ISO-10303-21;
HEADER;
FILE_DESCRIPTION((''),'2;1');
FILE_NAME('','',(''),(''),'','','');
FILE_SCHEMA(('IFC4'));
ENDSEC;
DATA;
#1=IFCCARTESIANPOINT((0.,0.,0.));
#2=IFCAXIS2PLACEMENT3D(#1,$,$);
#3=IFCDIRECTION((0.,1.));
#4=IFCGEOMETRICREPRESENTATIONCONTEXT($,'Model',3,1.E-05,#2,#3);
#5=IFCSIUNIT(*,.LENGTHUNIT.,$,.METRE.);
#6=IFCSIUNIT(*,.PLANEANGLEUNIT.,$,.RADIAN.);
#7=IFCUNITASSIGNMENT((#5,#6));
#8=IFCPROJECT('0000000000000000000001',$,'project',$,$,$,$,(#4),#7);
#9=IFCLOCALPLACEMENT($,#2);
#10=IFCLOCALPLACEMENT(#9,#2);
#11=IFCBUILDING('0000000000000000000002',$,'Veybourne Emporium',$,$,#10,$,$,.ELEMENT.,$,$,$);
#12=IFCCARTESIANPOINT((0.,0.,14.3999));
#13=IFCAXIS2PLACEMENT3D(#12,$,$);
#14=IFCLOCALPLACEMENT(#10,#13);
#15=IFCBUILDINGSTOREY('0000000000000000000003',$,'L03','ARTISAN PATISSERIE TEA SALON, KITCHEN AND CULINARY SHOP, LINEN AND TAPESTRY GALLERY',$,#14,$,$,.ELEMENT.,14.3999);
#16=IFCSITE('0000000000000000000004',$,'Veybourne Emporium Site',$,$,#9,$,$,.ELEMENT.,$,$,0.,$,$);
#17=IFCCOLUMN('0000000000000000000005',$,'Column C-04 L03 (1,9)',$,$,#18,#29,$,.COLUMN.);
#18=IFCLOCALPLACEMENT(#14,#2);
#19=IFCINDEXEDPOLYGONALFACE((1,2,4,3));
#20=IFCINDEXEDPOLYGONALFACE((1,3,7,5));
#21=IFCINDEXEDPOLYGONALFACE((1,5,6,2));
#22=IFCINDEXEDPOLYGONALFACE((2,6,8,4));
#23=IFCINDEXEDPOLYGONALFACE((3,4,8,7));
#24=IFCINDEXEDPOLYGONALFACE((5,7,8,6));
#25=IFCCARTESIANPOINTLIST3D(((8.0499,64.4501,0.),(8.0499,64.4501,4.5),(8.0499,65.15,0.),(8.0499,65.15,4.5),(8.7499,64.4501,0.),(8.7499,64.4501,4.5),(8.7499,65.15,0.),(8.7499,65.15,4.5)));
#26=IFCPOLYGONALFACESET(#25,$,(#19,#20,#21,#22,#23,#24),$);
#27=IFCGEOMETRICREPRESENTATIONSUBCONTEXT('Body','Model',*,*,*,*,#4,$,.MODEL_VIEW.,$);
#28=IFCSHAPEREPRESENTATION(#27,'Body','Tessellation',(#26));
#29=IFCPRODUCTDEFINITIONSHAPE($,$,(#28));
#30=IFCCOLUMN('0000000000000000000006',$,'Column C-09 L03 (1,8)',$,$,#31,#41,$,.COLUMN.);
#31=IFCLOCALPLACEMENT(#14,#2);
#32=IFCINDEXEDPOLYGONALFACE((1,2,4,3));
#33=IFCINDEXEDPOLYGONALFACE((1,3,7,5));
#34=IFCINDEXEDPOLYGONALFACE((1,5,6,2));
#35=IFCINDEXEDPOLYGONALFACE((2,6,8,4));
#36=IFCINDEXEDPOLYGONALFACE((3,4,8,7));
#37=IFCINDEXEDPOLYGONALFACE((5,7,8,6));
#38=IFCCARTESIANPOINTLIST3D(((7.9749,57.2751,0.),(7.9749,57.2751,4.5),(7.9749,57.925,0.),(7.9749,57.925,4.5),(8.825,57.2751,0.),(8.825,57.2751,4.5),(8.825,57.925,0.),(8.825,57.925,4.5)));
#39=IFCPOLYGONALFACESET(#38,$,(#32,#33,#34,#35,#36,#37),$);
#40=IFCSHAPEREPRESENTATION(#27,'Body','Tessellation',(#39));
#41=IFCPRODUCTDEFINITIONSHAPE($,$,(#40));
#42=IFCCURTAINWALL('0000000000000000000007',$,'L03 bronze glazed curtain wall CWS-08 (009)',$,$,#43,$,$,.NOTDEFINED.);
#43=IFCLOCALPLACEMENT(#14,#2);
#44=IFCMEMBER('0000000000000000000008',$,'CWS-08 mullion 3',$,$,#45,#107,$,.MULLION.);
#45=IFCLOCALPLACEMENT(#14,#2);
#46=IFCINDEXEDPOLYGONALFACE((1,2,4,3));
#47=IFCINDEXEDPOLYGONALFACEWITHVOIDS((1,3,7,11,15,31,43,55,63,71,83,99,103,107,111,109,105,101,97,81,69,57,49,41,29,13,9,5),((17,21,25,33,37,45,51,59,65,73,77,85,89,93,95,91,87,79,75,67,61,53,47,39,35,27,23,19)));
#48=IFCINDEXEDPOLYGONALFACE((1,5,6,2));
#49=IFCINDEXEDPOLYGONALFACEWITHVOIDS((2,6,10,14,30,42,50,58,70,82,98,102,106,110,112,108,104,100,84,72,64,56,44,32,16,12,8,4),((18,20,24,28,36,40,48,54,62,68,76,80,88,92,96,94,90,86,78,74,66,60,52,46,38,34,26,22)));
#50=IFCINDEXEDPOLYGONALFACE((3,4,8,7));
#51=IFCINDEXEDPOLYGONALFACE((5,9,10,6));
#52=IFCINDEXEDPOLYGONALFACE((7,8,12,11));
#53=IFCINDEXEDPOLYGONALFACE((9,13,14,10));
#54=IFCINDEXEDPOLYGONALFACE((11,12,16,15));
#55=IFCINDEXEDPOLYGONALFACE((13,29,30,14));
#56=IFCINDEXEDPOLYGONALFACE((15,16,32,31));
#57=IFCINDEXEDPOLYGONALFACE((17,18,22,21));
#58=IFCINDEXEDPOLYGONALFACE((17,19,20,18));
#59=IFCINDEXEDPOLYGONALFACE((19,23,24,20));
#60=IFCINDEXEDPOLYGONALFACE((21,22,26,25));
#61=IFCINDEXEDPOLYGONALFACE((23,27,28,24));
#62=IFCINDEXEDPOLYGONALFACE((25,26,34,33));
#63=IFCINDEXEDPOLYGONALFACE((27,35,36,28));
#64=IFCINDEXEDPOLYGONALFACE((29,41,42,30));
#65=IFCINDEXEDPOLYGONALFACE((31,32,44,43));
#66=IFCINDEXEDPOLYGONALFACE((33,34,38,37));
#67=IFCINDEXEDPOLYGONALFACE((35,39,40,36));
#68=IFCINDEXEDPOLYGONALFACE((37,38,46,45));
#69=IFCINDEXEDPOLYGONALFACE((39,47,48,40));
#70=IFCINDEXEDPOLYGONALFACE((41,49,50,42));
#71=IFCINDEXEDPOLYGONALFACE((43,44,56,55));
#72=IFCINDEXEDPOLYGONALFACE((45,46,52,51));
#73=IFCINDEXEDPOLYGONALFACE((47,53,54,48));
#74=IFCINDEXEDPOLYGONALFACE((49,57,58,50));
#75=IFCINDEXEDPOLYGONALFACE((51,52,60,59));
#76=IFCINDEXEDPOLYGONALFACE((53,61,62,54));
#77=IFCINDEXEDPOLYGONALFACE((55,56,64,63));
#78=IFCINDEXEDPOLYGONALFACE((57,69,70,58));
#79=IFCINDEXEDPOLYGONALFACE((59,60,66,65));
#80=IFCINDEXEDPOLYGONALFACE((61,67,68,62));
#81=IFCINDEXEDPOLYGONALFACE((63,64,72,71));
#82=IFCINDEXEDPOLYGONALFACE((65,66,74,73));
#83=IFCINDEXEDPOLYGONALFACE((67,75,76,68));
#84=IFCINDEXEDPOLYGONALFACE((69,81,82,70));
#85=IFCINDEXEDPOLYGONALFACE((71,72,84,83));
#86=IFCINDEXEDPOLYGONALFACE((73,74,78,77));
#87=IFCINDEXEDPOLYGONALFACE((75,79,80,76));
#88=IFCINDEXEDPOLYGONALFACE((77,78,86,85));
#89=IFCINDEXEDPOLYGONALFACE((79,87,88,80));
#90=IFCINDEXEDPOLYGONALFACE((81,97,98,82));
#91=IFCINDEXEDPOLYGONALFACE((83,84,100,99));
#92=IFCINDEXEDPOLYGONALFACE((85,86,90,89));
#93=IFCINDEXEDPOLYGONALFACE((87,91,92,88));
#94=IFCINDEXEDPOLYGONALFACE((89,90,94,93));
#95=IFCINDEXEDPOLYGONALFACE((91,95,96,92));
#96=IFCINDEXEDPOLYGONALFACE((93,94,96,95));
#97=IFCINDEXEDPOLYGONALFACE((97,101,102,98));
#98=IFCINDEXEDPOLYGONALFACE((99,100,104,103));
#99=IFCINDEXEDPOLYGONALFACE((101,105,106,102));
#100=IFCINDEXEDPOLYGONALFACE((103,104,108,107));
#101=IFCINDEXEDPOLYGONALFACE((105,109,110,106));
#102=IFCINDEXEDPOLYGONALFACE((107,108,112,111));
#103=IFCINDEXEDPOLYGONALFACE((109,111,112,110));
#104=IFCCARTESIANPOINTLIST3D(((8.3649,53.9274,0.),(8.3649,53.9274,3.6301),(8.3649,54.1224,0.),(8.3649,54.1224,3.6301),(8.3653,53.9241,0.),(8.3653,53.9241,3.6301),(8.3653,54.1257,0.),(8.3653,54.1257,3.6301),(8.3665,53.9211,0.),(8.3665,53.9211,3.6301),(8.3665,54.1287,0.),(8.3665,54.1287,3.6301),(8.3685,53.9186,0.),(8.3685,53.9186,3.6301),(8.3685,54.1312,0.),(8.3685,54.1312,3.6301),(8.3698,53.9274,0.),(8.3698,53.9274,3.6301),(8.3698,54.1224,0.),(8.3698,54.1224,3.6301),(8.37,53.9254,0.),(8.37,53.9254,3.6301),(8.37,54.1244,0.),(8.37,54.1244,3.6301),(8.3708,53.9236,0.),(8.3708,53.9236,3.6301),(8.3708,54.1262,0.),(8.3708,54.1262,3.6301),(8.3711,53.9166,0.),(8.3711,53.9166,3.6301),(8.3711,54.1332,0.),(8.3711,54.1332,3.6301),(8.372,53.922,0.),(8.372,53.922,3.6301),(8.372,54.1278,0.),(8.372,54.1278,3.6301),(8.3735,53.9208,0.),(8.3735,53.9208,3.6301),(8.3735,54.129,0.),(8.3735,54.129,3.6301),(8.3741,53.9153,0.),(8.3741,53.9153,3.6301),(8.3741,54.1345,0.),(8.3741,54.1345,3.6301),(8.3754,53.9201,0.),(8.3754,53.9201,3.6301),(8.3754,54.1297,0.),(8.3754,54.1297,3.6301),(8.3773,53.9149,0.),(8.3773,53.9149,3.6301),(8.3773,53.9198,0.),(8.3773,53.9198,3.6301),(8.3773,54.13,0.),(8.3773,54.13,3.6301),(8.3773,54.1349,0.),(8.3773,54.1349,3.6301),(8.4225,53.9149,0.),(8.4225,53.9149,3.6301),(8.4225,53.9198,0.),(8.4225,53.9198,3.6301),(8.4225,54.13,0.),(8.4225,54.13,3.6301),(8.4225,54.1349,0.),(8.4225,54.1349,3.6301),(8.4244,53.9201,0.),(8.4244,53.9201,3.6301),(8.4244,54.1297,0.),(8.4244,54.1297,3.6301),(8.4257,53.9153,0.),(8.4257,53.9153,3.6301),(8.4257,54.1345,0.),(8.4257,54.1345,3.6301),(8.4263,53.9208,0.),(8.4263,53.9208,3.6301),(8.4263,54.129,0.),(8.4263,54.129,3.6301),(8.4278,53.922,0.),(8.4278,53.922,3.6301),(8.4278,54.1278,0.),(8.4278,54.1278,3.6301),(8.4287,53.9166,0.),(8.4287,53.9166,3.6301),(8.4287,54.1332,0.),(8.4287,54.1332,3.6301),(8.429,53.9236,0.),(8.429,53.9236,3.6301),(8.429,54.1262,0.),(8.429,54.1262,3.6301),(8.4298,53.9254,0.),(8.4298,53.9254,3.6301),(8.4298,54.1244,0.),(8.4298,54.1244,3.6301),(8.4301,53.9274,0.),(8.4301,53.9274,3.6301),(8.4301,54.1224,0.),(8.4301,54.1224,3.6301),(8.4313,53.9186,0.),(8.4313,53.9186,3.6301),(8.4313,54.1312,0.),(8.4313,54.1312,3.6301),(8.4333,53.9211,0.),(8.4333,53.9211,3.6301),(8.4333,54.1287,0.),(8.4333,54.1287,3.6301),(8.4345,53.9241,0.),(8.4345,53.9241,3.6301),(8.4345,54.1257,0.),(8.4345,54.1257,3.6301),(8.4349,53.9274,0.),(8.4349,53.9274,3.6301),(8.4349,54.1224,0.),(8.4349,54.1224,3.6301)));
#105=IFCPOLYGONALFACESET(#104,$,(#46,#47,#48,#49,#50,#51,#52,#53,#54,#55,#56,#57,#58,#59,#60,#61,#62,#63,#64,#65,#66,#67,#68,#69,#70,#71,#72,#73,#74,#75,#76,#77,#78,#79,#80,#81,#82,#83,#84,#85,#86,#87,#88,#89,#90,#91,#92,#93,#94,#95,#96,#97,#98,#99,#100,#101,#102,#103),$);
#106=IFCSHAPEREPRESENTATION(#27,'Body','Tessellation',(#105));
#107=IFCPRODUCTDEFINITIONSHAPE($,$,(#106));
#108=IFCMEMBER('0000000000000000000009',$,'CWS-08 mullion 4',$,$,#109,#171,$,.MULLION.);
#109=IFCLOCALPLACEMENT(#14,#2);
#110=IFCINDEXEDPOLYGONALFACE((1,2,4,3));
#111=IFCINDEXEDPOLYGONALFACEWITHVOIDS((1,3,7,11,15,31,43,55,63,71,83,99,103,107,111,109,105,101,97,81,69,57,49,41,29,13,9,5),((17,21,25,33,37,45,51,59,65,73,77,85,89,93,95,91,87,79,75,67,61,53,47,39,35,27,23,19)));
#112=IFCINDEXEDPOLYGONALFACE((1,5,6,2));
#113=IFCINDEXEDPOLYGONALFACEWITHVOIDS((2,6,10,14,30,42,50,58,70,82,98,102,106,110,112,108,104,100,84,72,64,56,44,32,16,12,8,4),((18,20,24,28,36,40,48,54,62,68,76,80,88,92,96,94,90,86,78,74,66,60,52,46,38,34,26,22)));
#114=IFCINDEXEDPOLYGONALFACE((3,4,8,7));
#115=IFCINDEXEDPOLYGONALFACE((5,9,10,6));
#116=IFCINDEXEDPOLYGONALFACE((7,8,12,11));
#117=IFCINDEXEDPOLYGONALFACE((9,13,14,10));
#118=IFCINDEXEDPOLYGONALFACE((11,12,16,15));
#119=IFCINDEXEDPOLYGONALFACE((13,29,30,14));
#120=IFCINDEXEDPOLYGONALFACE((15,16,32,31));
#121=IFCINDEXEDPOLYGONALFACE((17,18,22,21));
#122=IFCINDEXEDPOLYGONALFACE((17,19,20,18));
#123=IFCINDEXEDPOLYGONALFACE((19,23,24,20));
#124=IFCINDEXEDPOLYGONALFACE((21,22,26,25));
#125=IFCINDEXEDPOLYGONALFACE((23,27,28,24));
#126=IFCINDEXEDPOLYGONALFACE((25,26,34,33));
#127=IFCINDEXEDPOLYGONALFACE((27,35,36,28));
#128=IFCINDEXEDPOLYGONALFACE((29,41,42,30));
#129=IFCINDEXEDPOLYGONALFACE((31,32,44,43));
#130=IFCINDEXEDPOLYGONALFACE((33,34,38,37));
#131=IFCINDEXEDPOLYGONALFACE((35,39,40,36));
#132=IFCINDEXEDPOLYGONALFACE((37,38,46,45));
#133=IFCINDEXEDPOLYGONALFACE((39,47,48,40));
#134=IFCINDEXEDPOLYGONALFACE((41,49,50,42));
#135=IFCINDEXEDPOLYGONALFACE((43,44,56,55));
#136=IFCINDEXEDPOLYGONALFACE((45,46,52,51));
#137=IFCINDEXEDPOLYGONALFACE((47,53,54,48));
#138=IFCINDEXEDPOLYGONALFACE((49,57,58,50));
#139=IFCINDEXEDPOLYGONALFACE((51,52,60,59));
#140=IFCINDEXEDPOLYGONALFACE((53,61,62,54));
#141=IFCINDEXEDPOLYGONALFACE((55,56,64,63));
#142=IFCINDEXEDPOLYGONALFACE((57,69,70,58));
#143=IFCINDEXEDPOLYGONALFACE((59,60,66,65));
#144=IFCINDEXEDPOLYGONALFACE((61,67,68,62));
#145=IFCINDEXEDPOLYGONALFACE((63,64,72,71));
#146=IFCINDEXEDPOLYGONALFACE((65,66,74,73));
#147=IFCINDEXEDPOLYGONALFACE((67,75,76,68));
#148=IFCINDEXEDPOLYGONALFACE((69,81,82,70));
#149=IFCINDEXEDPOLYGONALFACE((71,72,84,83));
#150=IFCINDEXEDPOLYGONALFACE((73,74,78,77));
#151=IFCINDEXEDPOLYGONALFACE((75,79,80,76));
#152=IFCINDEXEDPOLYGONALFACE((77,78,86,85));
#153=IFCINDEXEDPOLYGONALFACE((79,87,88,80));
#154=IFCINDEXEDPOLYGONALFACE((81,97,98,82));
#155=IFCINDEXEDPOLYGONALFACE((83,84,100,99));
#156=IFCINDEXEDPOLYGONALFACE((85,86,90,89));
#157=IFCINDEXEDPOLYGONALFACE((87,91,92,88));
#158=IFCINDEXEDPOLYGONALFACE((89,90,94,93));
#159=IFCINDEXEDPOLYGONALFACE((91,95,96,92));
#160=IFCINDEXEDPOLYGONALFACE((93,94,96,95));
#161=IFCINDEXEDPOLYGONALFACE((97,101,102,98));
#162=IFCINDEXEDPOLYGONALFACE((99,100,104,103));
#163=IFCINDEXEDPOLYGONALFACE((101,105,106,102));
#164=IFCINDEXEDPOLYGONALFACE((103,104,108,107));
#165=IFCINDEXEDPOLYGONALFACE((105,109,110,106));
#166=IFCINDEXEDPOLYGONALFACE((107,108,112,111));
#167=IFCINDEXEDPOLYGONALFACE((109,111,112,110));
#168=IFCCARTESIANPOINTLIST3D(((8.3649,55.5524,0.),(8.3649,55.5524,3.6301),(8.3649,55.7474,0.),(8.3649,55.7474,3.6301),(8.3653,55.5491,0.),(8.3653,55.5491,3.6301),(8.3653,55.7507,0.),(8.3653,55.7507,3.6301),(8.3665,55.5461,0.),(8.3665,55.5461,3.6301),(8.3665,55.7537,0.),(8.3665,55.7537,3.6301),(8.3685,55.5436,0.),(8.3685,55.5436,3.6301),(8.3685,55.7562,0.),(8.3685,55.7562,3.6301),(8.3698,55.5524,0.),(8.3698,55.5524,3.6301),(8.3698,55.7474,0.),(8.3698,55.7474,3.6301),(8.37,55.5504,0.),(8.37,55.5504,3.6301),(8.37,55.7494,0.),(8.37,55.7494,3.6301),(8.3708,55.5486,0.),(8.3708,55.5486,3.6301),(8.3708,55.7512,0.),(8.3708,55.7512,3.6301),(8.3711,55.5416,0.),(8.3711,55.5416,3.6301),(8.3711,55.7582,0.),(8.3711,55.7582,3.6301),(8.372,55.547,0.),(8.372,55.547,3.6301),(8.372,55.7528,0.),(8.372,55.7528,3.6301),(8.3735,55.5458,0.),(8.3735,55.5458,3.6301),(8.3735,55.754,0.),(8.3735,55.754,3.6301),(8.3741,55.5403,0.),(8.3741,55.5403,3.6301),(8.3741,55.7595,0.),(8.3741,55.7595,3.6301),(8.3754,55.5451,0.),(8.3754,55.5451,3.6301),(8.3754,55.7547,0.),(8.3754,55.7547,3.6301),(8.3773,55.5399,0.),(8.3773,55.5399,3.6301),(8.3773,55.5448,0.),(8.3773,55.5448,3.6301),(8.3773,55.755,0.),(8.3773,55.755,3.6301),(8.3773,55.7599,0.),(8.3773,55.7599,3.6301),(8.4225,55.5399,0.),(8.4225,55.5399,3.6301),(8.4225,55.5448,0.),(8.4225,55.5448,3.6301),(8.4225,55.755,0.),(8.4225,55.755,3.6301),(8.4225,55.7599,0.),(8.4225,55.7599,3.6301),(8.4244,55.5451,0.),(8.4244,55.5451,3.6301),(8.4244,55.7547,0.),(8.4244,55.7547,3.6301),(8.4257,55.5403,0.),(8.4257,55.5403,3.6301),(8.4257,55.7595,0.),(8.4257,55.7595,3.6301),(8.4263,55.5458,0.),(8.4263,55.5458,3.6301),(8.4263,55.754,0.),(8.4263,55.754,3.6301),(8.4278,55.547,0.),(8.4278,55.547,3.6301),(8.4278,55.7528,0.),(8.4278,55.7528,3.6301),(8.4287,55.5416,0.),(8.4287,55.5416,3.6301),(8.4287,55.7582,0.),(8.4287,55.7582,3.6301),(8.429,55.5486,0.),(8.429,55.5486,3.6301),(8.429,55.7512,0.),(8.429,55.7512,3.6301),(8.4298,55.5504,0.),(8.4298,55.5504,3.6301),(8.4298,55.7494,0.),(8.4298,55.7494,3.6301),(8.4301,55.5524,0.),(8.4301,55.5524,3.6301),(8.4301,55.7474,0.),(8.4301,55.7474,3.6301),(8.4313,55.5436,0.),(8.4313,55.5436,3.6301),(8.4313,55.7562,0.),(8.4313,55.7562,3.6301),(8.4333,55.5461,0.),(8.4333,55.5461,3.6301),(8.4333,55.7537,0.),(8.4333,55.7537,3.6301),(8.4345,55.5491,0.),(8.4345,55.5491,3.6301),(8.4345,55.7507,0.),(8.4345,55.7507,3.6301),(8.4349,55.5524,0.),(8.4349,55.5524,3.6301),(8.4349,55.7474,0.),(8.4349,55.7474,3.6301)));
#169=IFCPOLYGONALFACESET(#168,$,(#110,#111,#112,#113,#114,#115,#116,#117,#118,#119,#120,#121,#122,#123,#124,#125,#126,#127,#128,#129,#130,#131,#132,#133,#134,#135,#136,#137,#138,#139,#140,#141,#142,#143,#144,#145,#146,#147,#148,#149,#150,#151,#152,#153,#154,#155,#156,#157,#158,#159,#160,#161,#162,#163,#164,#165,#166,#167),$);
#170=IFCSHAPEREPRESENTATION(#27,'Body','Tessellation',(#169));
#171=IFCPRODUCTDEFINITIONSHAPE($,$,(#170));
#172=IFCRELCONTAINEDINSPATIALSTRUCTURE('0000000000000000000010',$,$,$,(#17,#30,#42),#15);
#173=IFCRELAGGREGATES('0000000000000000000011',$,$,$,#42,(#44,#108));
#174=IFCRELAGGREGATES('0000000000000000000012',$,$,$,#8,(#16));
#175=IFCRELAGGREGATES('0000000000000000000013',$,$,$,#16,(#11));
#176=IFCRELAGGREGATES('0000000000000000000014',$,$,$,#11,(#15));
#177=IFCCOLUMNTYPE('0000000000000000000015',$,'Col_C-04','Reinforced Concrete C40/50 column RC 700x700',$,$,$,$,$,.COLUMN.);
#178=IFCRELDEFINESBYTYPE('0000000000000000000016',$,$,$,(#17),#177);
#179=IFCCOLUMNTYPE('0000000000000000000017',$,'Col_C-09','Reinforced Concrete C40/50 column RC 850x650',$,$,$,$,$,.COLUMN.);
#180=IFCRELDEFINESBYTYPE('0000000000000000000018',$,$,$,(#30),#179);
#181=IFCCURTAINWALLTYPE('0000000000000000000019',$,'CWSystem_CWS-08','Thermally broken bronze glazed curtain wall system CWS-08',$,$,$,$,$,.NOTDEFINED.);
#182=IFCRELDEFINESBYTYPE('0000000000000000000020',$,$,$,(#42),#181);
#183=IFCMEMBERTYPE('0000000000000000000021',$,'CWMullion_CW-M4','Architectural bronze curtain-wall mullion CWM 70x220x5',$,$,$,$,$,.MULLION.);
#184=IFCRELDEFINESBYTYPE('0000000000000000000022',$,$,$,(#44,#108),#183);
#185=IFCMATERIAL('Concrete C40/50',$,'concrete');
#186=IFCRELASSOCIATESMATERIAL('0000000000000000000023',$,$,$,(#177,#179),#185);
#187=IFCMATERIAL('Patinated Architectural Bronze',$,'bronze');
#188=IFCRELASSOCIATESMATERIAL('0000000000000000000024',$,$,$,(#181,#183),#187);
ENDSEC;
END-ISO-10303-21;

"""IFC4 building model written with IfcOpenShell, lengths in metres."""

from ifc_helpers import new_model, si_unit, direction, frame, origin, origin_2d, place, context, subcontext, project, spatial, rectangle, hollow_rectangle, extrude, material, material_profile, profile_set, type_object, element, aggregate, save


model = new_model("IFC4")

# Units and contexts
model_context = context("Model", 3, precision=1e-05, world=origin(), true_north=direction((0.0, 1.0)))
body_context = subcontext(model_context, "Body", "Model", "MODEL_VIEW")
ifc_project = project(units=[si_unit("LENGTHUNIT", "METRE"), si_unit("PLANEANGLEUNIT", "RADIAN")], contexts=[model_context])

# Site, building, storey
site_placement = place(None, origin())
site = spatial("IfcSite", under=ifc_project, at=site_placement, Name="Veybourne Emporium Site", CompositionType="ELEMENT", RefElevation=0.0)
building_placement = place(site_placement, origin())
building = spatial("IfcBuilding", under=site, at=building_placement, Name="Veybourne Emporium", CompositionType="ELEMENT")
storey_placement = place(building_placement, frame((0.0, 0.0, 14.3999)))
storey = spatial("IfcBuildingStorey", under=building, at=storey_placement, Name="L03", Description="ARTISAN PATISSERIE TEA SALON, KITCHEN AND CULINARY SHOP, LINEN AND TAPESTRY GALLERY", CompositionType="ELEMENT", Elevation=14.3999)

# Columns
ifc_material_1 = material(Name="Concrete C40/50", Category="concrete")
ifc_material_profile_1 = material_profile(ifc_material_1, rectangle(XDim=0.7, YDim=0.7, at=origin_2d()), Name="RC 700x700")
ifc_profile_set_1 = profile_set([ifc_material_profile_1], Name="Concrete C40/50")
column_type_1 = type_object("IfcColumnType", Name="Col_C-04", Description="Reinforced Concrete C40/50 column RC 700x700", PredefinedType="COLUMN", material=ifc_profile_set_1)
column_1_placement = place(storey_placement, frame((8.3999, 64.8, 0.0), z_axis=(0.0, 0.0, 1.0), x_axis=(1.0, 0.0, 0.0)))
element("IfcColumn", 1, at=column_1_placement, inside=storey, type_object=column_type_1, Name="Column C-04 L03 (1,9)", PredefinedType="COLUMN", context=body_context, shape_type="SweptSolid", body=[
    extrude(rectangle(XDim=0.7, YDim=0.7, at=origin_2d()), origin(), (0.0, 0.0, 1.0), 4.5),
])
ifc_material_profile_2 = material_profile(ifc_material_1, rectangle(XDim=0.8501, YDim=0.6499, at=origin_2d()), Name="RC 850x650")
ifc_profile_set_2 = profile_set([ifc_material_profile_2], Name="Concrete C40/50")
column_type_2 = type_object("IfcColumnType", Name="Col_C-09", Description="Reinforced Concrete C40/50 column RC 850x650", PredefinedType="COLUMN", material=ifc_profile_set_2)
column_2_placement = place(storey_placement, frame((8.3999, 57.6001, 0.0), z_axis=(0.0, 0.0, 1.0), x_axis=(1.0, 0.0, 0.0)))
element("IfcColumn", 2, at=column_2_placement, inside=storey, type_object=column_type_2, Name="Column C-09 L03 (1,8)", PredefinedType="COLUMN", context=body_context, shape_type="SweptSolid", body=[
    extrude(rectangle(XDim=0.8501, YDim=0.6499, at=origin_2d()), origin(), (0.0, 0.0, 1.0), 4.5),
])

# Curtain wall, members
ifc_material_2 = material(Name="Patinated Architectural Bronze", Category="bronze")
curtain_wall_type = type_object("IfcCurtainWallType", Name="CWSystem_CWS-08", Description="Thermally broken bronze glazed curtain wall system CWS-08", PredefinedType="NOTDEFINED", material=ifc_material_2)
curtain_wall_placement = place(storey_placement, origin())
curtain_wall = element("IfcCurtainWall", 3, at=curtain_wall_placement, inside=storey, type_object=curtain_wall_type, Name="L03 bronze glazed curtain wall CWS-08 (009)", PredefinedType="NOTDEFINED")
ifc_material_profile_3 = material_profile(ifc_material_2, hollow_rectangle(XDim=0.0701, YDim=0.22, WallThickness=0.0049, InnerFilletRadius=0.0076, OuterFilletRadius=0.0125, at=origin_2d()), Name="CWM 70x220x5")
ifc_profile_set_3 = profile_set([ifc_material_profile_3], Name="Patinated Architectural Bronze")
member_type_1 = type_object("IfcMemberType", Name="CWMullion_CW-M4", Description="Architectural bronze curtain-wall mullion CWM 70x220x5", PredefinedType="MULLION", material=ifc_profile_set_3)
member_1_placement = place(storey_placement, frame((8.3999, 54.0249, 0.0), z_axis=(0.0, 0.0, 1.0), x_axis=(-1.0, 0.0, 0.0)))
member_1 = element("IfcMember", 4, at=member_1_placement, type_object=member_type_1, Name="CWS-08 mullion 3", PredefinedType="MULLION", context=body_context, shape_type="SweptSolid", body=[
    extrude(hollow_rectangle(XDim=0.0701, YDim=0.22, WallThickness=0.0049, InnerFilletRadius=0.0076, OuterFilletRadius=0.0125, at=origin_2d()), origin(), (0.0, 0.0, 1.0), 3.6301),
])
member_2_placement = place(storey_placement, frame((8.3999, 55.6499, 0.0), z_axis=(0.0, 0.0, 1.0), x_axis=(-1.0, 0.0, 0.0)))
member_2 = element("IfcMember", 5, at=member_2_placement, type_object=member_type_1, Name="CWS-08 mullion 4", PredefinedType="MULLION", context=body_context, shape_type="SweptSolid", body=[
    extrude(hollow_rectangle(XDim=0.0701, YDim=0.22, WallThickness=0.0049, InnerFilletRadius=0.0076, OuterFilletRadius=0.0125, at=origin_2d()), origin(), (0.0, 0.0, 1.0), 3.6301),
])

aggregate(curtain_wall, [member_1, member_2])

save(model, "model.ifc")
